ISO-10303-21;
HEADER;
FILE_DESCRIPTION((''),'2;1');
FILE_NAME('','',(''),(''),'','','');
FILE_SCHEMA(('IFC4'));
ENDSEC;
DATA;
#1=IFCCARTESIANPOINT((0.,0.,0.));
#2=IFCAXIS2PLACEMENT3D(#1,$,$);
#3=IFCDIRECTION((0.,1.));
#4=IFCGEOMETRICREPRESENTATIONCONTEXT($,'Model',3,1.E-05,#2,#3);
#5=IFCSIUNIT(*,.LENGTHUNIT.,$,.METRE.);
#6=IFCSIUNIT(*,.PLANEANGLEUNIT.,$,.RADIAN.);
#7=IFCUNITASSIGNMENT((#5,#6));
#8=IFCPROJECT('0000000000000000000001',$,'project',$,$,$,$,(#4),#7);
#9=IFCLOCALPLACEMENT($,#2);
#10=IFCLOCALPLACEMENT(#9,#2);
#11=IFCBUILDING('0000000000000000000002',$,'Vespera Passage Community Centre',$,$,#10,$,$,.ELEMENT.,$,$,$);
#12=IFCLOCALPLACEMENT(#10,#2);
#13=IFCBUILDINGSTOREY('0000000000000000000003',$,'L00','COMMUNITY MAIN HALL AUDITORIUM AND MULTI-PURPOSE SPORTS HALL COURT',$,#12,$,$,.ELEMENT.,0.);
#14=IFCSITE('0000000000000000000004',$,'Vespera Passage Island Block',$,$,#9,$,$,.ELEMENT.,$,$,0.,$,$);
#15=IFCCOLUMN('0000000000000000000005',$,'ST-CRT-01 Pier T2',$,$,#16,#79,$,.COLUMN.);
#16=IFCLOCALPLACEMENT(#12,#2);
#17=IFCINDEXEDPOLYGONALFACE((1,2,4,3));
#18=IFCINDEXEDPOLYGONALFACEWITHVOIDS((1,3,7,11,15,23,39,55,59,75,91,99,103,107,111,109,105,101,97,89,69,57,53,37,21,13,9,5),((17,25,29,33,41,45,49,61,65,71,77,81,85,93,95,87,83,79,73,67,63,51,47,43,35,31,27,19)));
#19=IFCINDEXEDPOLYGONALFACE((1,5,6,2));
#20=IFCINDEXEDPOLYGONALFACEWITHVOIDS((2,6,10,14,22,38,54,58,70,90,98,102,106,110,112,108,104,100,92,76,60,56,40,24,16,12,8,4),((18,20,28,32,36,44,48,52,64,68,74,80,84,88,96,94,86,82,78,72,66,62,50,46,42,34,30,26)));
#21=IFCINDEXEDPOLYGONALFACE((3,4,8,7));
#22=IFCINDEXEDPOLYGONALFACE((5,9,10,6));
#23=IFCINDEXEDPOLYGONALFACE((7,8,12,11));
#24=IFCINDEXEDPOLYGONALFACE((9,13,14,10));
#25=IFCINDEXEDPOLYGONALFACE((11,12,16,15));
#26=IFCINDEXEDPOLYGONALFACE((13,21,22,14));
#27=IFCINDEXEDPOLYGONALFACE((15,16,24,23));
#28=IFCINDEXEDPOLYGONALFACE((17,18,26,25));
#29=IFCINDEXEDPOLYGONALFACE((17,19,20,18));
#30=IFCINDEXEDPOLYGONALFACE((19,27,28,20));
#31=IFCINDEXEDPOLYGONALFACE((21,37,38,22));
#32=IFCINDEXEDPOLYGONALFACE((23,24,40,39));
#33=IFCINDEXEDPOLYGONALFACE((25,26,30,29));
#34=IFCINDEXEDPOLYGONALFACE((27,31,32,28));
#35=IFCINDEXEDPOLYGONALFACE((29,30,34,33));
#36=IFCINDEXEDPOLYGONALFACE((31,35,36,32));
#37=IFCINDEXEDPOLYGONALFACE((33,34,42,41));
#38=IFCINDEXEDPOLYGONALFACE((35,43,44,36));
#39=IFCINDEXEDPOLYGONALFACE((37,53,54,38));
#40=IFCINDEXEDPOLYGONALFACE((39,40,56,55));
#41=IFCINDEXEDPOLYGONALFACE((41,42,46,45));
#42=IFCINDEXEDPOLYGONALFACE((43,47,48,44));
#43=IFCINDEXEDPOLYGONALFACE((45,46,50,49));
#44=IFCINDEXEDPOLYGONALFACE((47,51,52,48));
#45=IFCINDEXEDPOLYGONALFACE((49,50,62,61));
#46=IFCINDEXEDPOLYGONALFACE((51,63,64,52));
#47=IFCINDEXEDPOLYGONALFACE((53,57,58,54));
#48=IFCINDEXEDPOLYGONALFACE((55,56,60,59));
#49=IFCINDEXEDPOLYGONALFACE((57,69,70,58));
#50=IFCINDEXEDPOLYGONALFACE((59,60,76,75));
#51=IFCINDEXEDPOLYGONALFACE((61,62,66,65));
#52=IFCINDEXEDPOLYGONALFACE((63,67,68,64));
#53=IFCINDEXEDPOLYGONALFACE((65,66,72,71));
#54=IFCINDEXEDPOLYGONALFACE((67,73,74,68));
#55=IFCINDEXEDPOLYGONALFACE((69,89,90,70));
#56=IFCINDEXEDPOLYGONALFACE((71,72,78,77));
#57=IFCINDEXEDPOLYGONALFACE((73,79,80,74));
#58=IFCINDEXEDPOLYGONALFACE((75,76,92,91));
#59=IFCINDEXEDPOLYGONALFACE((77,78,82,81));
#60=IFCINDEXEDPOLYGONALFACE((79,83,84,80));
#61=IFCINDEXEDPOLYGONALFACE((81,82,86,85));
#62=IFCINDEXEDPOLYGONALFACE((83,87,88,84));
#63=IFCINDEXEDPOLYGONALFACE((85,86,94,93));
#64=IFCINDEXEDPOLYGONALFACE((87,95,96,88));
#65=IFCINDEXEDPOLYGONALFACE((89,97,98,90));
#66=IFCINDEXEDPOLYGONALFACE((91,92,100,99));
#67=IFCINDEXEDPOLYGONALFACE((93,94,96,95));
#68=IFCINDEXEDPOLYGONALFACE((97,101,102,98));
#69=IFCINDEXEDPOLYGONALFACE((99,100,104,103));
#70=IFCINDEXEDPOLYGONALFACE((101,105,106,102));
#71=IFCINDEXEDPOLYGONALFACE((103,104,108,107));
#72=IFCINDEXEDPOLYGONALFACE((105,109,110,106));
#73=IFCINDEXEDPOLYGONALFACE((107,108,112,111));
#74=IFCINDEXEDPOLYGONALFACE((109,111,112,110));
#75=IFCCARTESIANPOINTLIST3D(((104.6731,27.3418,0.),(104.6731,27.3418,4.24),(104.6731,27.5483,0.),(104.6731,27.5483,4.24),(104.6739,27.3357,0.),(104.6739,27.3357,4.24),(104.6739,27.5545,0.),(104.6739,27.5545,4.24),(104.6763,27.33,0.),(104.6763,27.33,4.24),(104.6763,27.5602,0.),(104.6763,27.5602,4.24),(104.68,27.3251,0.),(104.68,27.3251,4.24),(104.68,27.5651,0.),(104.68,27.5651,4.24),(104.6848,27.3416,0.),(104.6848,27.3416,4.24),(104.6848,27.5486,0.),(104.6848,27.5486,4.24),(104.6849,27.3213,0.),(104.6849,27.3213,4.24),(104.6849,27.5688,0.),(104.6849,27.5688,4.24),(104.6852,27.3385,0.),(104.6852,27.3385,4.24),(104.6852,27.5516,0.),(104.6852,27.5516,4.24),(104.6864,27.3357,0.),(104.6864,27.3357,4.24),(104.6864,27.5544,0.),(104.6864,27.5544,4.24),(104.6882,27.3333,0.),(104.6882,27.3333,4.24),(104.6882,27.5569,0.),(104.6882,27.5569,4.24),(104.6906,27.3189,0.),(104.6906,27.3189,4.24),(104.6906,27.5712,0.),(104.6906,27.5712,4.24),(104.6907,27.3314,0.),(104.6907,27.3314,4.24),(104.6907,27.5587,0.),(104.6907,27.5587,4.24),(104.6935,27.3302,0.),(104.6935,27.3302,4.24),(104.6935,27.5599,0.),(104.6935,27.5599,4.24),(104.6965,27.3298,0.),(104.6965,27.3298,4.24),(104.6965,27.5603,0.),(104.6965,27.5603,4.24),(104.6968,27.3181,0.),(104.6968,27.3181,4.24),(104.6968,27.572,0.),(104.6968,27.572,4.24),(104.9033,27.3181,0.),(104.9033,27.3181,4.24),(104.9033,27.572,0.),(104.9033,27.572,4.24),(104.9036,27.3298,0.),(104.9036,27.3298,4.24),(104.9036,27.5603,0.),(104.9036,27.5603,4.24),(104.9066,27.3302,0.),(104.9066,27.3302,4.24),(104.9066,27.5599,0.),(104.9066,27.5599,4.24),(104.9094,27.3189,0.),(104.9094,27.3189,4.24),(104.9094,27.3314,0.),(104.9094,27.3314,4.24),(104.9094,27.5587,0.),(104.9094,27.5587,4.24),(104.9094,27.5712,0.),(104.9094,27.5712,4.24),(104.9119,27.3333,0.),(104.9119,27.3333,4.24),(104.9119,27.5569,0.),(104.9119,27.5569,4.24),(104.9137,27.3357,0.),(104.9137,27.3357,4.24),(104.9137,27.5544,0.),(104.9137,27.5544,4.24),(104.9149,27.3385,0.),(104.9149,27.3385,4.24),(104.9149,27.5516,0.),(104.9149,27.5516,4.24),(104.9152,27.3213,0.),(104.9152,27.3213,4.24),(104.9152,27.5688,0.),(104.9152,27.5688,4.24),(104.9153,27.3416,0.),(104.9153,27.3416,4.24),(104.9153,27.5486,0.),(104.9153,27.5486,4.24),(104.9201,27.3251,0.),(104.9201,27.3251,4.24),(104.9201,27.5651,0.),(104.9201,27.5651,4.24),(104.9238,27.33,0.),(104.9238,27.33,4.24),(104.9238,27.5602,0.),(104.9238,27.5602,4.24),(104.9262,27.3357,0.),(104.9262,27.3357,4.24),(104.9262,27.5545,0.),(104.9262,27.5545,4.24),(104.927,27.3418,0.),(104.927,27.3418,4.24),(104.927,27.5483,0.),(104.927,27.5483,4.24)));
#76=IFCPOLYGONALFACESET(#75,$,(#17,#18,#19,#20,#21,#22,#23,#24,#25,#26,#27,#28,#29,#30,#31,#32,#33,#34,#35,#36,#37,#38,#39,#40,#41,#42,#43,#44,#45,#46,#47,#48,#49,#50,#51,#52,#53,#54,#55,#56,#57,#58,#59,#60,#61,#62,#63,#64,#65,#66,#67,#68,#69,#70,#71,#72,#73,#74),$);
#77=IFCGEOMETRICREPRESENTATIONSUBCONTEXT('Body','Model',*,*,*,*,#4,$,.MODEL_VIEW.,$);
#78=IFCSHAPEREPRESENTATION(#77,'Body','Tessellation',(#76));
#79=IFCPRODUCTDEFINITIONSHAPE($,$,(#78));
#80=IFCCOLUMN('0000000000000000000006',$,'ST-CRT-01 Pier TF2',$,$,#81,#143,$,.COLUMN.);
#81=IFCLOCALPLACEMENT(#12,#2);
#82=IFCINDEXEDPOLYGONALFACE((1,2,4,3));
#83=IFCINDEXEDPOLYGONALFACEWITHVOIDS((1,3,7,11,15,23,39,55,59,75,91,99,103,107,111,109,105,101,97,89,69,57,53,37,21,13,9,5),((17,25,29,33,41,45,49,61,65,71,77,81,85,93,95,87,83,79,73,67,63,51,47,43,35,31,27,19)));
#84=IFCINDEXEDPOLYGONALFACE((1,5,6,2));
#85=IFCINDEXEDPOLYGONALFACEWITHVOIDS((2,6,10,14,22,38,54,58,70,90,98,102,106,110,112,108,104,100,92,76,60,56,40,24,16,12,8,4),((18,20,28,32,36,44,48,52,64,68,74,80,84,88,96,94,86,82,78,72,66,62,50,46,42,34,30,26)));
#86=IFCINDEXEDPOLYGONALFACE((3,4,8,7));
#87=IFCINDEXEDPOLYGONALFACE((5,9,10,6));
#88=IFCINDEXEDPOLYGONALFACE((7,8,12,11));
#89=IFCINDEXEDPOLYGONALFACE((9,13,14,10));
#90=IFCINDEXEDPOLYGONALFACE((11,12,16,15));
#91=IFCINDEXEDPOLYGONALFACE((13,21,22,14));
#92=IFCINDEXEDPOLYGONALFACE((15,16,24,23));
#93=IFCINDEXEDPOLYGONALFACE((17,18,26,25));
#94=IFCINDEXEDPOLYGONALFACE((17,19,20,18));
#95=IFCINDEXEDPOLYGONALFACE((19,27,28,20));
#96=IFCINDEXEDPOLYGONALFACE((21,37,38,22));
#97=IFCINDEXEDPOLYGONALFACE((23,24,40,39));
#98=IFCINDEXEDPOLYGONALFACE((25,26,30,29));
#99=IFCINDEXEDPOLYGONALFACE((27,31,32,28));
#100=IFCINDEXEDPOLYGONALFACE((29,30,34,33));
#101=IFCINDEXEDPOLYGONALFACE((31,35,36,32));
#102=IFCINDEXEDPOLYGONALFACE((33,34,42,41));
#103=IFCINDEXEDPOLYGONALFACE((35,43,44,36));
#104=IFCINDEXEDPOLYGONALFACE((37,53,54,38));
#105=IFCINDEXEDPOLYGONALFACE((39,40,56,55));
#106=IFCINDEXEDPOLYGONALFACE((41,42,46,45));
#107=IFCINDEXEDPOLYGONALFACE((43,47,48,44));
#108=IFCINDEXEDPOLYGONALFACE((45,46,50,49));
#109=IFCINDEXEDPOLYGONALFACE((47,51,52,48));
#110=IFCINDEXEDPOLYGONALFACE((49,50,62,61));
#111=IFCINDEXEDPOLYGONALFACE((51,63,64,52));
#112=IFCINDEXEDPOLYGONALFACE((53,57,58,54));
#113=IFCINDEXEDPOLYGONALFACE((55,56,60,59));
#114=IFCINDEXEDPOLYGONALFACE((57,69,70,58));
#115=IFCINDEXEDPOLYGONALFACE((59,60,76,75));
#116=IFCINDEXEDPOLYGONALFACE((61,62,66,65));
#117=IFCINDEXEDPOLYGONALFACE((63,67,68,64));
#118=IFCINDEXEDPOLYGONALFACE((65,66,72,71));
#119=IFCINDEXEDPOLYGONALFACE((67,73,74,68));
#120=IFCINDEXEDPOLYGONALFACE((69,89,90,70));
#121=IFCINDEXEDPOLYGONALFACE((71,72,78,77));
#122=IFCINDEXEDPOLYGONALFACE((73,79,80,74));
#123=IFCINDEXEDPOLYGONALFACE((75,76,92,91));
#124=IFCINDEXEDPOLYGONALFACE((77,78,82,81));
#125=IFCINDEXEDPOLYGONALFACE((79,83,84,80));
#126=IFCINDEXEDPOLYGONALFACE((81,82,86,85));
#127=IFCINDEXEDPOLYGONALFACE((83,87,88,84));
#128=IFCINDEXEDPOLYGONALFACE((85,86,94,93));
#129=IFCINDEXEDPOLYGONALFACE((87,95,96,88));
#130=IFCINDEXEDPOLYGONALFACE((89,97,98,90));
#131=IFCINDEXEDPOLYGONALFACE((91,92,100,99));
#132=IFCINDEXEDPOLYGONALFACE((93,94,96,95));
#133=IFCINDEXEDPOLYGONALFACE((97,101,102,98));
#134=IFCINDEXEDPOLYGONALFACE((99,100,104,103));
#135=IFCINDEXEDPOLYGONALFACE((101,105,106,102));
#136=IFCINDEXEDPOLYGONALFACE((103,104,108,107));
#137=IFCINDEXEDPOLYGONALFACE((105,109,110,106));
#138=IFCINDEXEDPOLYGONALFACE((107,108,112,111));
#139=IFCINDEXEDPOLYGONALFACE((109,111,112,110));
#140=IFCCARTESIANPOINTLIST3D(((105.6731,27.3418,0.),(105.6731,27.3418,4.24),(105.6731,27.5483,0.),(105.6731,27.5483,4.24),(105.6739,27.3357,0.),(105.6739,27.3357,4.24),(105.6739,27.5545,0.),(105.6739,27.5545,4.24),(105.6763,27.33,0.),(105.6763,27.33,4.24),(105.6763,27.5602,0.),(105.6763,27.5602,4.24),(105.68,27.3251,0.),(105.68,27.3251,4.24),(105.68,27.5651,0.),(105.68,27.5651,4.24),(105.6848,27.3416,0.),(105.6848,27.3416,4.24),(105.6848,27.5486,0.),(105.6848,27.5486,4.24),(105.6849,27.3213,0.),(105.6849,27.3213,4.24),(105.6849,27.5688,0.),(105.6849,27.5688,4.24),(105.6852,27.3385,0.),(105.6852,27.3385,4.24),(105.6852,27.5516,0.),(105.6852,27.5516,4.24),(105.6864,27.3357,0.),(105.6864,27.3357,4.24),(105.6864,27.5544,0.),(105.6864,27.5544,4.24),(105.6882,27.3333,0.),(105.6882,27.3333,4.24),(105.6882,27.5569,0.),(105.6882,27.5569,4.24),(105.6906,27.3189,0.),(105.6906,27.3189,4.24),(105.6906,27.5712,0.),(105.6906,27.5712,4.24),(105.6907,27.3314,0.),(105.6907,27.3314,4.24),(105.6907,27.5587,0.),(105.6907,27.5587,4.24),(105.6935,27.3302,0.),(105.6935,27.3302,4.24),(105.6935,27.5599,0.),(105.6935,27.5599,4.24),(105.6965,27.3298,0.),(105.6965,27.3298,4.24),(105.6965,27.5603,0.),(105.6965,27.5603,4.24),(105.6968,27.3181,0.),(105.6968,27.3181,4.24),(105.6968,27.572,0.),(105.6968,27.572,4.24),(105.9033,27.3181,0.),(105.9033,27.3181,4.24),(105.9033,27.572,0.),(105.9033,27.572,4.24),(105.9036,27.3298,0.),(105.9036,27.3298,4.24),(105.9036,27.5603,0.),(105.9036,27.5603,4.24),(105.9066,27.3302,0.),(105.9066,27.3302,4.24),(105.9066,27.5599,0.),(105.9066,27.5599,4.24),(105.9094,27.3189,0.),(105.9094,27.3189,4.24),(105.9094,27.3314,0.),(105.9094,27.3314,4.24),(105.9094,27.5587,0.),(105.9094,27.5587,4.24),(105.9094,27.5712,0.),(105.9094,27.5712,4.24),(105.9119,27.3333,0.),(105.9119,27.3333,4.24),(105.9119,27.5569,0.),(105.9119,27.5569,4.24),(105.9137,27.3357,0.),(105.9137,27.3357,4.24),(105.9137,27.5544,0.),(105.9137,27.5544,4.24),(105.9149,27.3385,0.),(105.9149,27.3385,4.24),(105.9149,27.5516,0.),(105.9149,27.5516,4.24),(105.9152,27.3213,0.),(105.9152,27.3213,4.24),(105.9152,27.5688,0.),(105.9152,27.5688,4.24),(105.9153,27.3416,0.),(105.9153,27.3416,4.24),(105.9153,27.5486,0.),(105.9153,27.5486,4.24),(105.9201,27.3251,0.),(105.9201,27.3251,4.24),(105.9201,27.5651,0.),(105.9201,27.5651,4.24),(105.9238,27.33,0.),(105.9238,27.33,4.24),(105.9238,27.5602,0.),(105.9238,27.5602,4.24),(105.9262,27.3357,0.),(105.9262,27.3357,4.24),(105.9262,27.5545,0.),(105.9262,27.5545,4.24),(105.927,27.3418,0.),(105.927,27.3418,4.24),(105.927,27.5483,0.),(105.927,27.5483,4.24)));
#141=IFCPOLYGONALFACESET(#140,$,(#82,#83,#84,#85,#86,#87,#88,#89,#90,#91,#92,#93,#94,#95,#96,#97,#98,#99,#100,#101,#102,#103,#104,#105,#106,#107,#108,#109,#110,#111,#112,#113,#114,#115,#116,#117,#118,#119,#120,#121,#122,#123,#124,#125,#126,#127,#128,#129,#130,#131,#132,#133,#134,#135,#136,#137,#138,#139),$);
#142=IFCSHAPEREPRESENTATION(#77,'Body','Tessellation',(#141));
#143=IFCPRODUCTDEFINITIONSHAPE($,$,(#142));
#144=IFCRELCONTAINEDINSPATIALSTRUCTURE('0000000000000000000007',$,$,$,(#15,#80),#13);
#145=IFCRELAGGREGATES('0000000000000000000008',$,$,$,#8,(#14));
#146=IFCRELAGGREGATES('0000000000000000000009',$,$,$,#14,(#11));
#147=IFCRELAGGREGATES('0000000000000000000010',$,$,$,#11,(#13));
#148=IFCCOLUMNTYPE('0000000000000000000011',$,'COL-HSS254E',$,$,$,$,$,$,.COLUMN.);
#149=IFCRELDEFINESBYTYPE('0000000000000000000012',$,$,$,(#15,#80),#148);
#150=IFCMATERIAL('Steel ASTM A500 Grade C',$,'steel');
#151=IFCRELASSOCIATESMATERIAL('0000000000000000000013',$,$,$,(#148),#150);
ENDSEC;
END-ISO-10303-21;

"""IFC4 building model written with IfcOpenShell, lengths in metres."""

from ifc_helpers import new_model, si_unit, direction, frame, origin, origin_2d, place, context, subcontext, project, spatial, hollow_rectangle, extrude, material, material_profile, profile_set, type_object, element, save


model = new_model("IFC4")

# Units and contexts
model_context = context("Model", 3, precision=1e-05, world=origin(), true_north=direction((0.0, 1.0)))
body_context = subcontext(model_context, "Body", "Model", "MODEL_VIEW")
ifc_project = project(units=[si_unit("LENGTHUNIT", "METRE"), si_unit("PLANEANGLEUNIT", "RADIAN")], contexts=[model_context])

# Site, building, storey
site_placement = place(None, origin())
site = spatial("IfcSite", under=ifc_project, at=site_placement, Name="Vespera Passage Island Block", CompositionType="ELEMENT", RefElevation=0.0)
building_placement = place(site_placement, origin())
building = spatial("IfcBuilding", under=site, at=building_placement, Name="Vespera Passage Community Centre", CompositionType="ELEMENT")
storey_placement = place(building_placement, origin())
storey = spatial("IfcBuildingStorey", under=building, at=storey_placement, Name="L00", Description="COMMUNITY MAIN HALL AUDITORIUM AND MULTI-PURPOSE SPORTS HALL COURT", CompositionType="ELEMENT", Elevation=0.0)

# Columns
ifc_material_1 = material(Name="Steel ASTM A500 Grade C", Category="steel")
ifc_material_profile_1 = material_profile(ifc_material_1, hollow_rectangle(XDim=0.2539, YDim=0.2539, WallThickness=0.0117, InnerFilletRadius=0.0117, OuterFilletRadius=0.0237, at=origin_2d()), Name="HSS254X254X12.7")
ifc_profile_set_1 = profile_set([ifc_material_profile_1], Name="Steel ASTM A500 Grade C")
column_type_1 = type_object("IfcColumnType", Name="COL-HSS254E", PredefinedType="COLUMN", material=ifc_profile_set_1)
for number, where, z_axis, x_axis, name in (
    (1, (104.8, 27.4451, 0.0), (0.0, 0.0, 1.0), (1.0, 0.0, 0.0), "ST-CRT-01 Pier T2"),
    (2, (105.8, 27.4451, 0.0), (0.0, 0.0, 1.0), (1.0, 0.0, 0.0), "ST-CRT-01 Pier TF2"),
):
    element("IfcColumn", number, at=place(storey_placement, frame(where, z_axis=z_axis, x_axis=x_axis)), inside=storey, type_object=column_type_1, Name=name, PredefinedType="COLUMN", context=body_context, shape_type="SweptSolid", body=[
        extrude(hollow_rectangle(XDim=0.2539, YDim=0.2539, WallThickness=0.0117, InnerFilletRadius=0.0117, OuterFilletRadius=0.0237, at=origin_2d()), origin(), (0.0, 0.0, 1.0), 4.24),
    ])

save(model, "model.ifc")
